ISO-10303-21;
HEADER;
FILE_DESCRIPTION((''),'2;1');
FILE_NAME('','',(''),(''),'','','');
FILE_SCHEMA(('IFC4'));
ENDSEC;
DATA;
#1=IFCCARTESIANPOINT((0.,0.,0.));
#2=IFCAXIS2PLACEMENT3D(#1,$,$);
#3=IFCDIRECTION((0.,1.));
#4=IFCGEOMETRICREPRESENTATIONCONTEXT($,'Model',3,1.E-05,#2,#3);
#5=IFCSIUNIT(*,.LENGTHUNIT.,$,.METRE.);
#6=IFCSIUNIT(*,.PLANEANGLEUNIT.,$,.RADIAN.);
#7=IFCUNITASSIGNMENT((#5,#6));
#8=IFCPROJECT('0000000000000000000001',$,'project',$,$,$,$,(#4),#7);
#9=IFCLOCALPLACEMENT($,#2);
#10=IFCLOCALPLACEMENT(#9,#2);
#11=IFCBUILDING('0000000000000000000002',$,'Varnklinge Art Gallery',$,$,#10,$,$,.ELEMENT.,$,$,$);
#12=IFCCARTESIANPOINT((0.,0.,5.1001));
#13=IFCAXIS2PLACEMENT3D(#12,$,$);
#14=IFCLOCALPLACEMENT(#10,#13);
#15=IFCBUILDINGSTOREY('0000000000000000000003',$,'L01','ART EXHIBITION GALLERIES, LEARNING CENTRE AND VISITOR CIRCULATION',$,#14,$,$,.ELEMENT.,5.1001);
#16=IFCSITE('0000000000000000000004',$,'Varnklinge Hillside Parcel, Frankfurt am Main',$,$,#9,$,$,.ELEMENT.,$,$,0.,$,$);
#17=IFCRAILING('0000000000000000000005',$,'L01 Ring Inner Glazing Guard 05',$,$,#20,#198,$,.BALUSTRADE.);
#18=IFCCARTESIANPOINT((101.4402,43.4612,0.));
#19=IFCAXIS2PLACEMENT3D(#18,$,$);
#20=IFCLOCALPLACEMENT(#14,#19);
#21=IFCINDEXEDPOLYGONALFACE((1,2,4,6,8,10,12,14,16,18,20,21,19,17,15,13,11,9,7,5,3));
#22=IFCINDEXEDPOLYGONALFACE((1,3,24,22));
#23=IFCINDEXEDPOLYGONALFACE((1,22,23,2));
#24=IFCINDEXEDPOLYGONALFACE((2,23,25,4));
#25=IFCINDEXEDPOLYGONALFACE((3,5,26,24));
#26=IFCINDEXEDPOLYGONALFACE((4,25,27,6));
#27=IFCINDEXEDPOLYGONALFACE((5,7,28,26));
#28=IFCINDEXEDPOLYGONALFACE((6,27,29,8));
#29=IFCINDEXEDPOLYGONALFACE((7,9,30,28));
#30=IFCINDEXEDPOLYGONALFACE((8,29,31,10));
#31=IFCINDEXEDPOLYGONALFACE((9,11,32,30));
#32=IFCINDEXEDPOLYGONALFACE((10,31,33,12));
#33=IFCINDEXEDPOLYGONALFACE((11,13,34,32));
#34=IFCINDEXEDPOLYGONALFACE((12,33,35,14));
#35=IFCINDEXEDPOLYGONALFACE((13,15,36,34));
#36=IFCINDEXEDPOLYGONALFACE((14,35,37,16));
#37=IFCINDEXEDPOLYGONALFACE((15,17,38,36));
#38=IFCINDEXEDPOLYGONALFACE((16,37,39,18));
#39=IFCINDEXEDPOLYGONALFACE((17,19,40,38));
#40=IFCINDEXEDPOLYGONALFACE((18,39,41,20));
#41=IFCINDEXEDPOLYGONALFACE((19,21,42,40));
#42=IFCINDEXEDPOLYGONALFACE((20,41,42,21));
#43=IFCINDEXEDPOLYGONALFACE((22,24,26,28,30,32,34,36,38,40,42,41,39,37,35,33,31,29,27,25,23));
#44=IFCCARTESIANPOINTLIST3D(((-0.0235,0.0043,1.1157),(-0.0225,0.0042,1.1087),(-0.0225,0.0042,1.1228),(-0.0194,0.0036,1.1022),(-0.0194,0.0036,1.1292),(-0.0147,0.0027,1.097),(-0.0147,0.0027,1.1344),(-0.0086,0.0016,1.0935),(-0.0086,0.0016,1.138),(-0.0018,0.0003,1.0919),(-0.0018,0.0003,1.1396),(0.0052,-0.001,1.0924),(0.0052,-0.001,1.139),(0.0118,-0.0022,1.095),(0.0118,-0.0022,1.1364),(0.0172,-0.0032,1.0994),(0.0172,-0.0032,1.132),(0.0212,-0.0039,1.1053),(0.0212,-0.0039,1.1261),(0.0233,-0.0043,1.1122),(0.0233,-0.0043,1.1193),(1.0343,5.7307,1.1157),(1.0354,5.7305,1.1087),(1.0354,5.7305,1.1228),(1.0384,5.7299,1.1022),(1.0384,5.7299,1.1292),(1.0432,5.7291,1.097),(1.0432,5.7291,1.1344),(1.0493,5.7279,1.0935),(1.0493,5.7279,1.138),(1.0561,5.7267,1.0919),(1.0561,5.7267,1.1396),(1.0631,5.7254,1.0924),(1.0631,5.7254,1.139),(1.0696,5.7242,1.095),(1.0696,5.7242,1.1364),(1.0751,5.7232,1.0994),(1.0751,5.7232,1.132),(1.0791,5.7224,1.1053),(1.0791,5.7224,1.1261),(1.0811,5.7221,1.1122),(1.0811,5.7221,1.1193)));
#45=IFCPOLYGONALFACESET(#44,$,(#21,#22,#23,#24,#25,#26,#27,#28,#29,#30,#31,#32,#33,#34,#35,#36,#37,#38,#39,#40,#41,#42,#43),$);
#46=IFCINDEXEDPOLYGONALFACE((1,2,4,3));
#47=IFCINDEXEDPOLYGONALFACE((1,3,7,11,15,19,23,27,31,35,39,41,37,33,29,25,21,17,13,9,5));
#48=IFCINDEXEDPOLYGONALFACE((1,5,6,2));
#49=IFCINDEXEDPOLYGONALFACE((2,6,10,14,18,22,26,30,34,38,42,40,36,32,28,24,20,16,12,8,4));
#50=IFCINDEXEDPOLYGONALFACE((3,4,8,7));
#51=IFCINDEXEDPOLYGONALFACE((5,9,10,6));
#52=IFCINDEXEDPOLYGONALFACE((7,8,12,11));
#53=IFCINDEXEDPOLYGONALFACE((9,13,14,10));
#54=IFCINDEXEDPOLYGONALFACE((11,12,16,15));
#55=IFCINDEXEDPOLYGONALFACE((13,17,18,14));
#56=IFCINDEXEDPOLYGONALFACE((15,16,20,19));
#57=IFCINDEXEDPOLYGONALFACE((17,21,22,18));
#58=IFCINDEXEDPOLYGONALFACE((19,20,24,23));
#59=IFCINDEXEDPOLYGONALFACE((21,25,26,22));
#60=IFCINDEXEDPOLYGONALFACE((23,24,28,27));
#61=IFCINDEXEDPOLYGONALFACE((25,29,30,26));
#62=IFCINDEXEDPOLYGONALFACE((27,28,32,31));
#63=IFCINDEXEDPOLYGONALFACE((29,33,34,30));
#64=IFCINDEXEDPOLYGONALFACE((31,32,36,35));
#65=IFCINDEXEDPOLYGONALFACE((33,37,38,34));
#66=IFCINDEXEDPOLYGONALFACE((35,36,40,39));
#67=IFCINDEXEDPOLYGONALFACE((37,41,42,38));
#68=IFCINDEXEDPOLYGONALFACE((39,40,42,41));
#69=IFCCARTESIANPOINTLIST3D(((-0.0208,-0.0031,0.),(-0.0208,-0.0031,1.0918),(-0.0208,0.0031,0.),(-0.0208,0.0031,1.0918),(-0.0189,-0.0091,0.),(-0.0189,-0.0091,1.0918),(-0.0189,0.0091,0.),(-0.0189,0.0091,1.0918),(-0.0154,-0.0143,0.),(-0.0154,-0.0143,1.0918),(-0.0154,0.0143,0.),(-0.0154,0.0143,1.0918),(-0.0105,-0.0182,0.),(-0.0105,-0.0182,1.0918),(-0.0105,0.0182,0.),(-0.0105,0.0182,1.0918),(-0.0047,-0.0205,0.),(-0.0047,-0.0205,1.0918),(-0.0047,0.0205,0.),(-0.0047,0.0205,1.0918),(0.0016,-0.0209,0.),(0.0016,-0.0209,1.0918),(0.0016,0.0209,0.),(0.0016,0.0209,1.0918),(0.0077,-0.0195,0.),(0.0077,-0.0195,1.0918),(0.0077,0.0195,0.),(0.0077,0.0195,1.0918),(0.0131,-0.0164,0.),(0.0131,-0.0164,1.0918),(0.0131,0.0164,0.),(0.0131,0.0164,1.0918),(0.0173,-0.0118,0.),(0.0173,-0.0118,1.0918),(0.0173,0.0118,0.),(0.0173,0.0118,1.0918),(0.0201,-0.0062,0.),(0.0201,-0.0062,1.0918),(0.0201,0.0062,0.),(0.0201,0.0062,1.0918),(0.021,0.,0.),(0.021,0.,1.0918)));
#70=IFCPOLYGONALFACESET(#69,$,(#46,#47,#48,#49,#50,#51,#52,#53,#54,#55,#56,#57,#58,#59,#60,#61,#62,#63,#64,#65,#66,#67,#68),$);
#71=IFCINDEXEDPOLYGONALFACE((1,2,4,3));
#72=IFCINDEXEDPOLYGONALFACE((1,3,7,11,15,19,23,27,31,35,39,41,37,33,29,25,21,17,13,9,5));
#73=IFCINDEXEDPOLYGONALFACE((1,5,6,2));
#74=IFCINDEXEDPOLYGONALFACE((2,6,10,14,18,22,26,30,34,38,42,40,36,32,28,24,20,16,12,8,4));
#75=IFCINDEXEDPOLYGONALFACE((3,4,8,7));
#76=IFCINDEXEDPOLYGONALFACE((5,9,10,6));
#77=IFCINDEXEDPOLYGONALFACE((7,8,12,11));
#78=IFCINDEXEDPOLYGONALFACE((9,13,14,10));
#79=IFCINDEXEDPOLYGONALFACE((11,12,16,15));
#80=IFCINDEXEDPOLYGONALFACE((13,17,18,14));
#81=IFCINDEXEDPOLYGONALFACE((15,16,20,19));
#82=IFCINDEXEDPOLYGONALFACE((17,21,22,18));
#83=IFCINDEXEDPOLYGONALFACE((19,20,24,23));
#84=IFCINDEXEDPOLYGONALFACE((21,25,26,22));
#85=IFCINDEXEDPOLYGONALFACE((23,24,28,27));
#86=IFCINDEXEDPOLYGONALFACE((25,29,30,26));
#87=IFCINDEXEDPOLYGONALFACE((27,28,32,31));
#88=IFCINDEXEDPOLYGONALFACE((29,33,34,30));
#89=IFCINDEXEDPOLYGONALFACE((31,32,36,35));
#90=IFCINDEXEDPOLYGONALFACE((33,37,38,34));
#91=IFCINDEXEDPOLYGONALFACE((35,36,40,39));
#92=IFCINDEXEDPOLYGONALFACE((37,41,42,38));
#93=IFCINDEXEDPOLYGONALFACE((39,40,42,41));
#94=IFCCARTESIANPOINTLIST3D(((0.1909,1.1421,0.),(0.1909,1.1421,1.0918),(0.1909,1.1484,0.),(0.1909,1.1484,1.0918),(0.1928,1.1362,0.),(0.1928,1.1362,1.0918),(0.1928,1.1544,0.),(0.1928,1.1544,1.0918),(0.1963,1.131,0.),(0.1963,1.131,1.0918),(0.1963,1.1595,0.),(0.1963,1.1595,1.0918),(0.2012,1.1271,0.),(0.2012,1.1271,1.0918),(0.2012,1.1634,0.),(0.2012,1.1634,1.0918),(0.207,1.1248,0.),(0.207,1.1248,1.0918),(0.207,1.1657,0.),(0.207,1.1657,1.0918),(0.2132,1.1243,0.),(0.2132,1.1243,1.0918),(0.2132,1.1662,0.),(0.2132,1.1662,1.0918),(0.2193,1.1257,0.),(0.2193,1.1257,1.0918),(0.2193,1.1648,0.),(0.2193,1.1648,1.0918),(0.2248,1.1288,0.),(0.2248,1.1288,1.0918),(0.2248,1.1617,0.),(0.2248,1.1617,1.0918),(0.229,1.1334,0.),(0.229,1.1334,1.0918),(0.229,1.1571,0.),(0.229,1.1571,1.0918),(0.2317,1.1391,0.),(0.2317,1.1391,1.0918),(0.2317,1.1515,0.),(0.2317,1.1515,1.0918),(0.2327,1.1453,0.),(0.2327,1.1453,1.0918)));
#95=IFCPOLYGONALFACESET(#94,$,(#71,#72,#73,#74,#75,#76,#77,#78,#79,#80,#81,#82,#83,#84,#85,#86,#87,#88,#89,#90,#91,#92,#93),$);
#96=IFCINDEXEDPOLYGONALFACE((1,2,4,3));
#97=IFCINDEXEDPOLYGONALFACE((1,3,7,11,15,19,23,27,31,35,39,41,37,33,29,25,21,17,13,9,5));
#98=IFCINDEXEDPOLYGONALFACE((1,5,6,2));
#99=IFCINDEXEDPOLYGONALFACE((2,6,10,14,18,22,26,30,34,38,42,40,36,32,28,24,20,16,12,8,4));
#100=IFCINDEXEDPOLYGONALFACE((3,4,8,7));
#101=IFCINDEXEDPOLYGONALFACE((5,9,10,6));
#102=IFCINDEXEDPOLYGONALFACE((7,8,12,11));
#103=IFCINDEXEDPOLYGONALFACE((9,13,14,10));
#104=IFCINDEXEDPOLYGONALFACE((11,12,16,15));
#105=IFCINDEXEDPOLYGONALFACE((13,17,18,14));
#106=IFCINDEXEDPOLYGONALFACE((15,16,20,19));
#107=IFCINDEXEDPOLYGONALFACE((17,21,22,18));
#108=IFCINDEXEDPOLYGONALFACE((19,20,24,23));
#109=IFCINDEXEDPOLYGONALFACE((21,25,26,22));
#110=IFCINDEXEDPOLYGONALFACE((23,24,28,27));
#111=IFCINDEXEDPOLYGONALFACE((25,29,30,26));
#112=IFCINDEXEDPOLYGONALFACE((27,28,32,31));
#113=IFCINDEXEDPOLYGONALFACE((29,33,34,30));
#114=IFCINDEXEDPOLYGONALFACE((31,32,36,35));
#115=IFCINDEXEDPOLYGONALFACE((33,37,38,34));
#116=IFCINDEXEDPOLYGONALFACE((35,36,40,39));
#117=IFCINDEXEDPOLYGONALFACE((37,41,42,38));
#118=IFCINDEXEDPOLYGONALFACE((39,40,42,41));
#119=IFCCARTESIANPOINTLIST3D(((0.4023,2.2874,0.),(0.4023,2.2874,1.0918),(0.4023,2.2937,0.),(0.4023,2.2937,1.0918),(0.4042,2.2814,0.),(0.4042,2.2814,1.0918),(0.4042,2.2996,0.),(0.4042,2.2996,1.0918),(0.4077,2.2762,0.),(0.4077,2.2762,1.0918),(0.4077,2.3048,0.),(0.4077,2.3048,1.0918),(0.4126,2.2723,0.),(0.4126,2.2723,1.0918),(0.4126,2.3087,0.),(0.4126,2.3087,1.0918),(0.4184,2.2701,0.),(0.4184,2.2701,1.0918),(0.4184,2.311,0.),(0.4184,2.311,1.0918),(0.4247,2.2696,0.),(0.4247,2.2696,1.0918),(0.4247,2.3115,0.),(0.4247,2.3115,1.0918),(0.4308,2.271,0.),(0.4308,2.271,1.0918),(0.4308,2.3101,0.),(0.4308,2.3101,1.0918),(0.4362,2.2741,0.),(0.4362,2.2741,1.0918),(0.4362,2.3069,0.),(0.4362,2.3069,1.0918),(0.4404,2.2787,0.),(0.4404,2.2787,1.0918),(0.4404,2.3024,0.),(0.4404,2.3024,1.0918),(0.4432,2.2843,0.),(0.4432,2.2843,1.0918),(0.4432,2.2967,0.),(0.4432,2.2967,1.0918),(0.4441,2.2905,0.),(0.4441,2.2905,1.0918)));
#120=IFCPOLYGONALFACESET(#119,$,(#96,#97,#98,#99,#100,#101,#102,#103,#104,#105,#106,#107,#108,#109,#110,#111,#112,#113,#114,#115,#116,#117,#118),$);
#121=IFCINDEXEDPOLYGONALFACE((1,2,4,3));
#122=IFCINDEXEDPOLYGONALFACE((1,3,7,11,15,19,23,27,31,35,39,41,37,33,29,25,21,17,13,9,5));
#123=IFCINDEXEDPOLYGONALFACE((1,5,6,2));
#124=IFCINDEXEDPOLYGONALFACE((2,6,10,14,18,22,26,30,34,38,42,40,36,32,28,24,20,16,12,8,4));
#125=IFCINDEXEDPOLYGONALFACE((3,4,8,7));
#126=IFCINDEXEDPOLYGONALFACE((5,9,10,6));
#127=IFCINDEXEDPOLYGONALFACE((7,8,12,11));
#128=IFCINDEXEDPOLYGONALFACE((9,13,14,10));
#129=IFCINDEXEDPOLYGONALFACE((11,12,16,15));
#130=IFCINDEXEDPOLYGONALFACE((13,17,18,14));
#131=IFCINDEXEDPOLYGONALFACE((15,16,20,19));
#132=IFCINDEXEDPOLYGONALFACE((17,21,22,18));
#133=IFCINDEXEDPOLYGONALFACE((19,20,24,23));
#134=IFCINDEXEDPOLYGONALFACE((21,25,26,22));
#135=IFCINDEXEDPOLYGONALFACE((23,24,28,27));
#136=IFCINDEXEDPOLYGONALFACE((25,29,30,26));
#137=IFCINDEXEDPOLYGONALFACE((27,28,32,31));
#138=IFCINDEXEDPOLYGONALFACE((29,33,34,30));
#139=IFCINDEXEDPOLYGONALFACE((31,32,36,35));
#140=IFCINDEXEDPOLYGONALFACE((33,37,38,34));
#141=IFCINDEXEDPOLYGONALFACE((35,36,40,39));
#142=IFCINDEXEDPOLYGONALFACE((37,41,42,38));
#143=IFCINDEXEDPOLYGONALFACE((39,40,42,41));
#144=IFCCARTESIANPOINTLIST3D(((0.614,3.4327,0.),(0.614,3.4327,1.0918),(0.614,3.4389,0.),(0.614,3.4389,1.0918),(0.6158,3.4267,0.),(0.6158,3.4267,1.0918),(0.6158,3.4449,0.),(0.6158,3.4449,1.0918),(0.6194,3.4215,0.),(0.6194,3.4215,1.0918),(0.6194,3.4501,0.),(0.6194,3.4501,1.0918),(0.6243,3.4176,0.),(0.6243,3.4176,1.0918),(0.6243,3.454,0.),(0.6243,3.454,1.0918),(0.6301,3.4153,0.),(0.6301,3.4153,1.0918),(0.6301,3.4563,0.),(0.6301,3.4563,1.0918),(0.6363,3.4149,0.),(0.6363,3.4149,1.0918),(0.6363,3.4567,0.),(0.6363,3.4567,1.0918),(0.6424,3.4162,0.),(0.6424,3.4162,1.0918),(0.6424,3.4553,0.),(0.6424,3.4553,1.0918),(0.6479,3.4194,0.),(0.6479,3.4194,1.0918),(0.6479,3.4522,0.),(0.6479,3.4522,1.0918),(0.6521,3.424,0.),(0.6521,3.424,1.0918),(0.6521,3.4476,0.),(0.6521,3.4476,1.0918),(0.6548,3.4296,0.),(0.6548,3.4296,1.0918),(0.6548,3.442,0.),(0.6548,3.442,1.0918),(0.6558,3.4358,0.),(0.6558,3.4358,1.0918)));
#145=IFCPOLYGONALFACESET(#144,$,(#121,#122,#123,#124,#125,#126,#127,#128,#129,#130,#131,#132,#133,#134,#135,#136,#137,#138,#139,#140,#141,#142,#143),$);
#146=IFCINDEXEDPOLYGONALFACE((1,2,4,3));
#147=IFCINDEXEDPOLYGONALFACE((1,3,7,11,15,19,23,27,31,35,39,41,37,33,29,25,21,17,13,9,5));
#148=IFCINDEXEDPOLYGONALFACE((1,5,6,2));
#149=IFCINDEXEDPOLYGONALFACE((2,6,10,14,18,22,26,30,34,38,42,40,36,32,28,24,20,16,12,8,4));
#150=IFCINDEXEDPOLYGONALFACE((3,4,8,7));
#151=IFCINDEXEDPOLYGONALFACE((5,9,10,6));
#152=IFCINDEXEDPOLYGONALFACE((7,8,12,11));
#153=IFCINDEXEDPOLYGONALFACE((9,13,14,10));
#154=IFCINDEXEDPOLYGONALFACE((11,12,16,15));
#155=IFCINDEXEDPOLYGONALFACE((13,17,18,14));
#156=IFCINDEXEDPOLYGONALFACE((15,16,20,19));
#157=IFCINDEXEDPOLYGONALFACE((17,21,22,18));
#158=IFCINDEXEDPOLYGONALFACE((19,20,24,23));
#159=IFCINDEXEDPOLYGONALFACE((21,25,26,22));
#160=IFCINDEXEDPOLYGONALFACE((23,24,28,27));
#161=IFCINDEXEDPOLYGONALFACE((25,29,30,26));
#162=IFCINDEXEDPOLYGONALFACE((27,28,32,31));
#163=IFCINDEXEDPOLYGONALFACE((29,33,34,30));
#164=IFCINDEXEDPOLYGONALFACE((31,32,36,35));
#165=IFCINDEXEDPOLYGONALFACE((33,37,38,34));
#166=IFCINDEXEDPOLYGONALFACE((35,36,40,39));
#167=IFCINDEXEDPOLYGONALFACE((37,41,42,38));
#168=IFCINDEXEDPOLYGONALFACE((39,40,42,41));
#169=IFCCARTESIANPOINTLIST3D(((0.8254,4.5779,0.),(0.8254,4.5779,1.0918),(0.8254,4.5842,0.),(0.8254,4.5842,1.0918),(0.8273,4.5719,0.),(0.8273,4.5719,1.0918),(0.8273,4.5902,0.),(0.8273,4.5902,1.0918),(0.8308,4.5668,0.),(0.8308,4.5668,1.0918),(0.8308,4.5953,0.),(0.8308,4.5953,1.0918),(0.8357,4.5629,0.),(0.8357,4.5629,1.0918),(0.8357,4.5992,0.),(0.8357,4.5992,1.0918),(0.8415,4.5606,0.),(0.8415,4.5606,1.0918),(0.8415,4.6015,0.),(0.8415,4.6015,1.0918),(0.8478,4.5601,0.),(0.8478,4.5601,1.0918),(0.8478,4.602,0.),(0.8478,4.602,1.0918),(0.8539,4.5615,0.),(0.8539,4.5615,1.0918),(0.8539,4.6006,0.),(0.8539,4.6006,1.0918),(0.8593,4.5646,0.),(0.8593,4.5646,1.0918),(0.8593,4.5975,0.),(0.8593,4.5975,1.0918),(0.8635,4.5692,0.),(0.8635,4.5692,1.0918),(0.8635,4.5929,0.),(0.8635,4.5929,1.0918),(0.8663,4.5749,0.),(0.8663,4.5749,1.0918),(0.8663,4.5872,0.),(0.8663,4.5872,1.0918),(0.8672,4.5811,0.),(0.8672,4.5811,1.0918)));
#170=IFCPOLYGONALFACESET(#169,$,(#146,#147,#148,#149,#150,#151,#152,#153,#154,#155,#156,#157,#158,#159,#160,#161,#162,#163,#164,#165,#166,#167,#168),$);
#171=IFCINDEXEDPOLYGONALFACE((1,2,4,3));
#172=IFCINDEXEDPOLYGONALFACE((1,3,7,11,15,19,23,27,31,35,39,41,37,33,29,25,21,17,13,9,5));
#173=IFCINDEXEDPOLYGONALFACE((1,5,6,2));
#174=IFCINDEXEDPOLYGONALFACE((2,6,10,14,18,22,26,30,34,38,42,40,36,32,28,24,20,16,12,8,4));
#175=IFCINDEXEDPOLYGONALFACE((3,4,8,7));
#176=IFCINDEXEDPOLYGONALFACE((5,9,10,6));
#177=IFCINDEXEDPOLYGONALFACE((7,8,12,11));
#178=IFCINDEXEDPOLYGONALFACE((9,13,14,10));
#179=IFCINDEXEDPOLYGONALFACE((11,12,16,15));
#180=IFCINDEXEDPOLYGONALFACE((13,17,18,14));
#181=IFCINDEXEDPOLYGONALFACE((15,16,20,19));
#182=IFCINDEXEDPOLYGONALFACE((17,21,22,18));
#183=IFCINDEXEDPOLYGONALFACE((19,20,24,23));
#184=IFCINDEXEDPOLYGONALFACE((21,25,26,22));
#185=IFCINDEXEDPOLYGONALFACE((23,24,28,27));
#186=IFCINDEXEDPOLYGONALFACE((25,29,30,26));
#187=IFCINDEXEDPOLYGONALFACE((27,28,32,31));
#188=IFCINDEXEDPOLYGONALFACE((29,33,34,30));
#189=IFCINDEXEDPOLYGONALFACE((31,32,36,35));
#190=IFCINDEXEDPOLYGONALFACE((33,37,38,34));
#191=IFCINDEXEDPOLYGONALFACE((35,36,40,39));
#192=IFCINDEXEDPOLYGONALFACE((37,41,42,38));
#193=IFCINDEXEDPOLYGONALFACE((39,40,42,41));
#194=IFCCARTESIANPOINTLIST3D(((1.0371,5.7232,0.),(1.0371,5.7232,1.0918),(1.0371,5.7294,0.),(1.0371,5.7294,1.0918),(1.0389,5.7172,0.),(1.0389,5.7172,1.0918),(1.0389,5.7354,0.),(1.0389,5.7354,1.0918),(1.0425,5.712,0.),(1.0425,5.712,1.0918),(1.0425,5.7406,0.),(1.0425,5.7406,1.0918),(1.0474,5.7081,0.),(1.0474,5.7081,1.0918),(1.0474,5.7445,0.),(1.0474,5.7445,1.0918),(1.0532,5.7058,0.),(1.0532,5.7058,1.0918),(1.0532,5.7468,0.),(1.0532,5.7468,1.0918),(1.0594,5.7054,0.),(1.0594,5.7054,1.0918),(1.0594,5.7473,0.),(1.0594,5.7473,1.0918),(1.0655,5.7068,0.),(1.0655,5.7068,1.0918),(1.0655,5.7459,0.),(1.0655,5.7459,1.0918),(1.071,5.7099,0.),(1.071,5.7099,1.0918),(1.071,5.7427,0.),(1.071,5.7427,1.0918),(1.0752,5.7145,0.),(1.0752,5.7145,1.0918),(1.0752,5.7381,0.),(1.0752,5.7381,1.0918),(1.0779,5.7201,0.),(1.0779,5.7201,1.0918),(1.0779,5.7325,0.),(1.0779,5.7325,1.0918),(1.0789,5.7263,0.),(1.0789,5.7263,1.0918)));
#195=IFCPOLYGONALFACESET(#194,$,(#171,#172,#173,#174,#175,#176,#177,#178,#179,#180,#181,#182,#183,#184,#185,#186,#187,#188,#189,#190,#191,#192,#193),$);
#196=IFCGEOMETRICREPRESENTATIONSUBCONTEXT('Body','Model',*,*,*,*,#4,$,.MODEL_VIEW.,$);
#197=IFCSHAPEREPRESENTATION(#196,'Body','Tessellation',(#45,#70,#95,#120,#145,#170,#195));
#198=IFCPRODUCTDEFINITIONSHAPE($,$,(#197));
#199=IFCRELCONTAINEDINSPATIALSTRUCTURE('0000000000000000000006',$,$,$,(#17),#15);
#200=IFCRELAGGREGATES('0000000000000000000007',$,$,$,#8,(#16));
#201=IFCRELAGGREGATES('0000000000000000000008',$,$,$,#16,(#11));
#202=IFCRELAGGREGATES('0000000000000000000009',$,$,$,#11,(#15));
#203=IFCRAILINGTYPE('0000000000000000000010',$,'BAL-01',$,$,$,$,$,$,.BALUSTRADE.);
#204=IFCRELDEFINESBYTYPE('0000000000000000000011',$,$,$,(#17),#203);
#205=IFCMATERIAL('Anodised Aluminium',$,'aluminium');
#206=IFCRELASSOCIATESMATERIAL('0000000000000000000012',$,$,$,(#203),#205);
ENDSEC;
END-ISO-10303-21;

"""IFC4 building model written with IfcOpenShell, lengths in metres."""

from ifc_helpers import new_model, si_unit, direction, frame, origin, origin_2d, place, context, subcontext, project, spatial, circle, extrude, material, type_object, element, save


model = new_model("IFC4")

# Units and contexts
model_context = context("Model", 3, precision=1e-05, world=origin(), true_north=direction((0.0, 1.0)))
body_context = subcontext(model_context, "Body", "Model", "MODEL_VIEW")
ifc_project = project(units=[si_unit("LENGTHUNIT", "METRE"), si_unit("PLANEANGLEUNIT", "RADIAN")], contexts=[model_context])

# Site, building, storey
site_placement = place(None, origin())
site = spatial("IfcSite", under=ifc_project, at=site_placement, Name="Varnklinge Hillside Parcel, Frankfurt am Main", CompositionType="ELEMENT", RefElevation=0.0)
building_placement = place(site_placement, origin())
building = spatial("IfcBuilding", under=site, at=building_placement, Name="Varnklinge Art Gallery", CompositionType="ELEMENT")
storey_placement = place(building_placement, frame((0.0, 0.0, 5.1001)))
storey = spatial("IfcBuildingStorey", under=building, at=storey_placement, Name="L01", Description="ART EXHIBITION GALLERIES, LEARNING CENTRE AND VISITOR CIRCULATION", CompositionType="ELEMENT", Elevation=5.1001)

# Railing
ifc_material_1 = material(Name="Anodised Aluminium", Category="aluminium")
railing_type = type_object("IfcRailingType", Name="BAL-01", PredefinedType="BALUSTRADE", material=ifc_material_1)
railing_placement = place(storey_placement, frame((101.4402, 43.4612, 0.0)))
element("IfcRailing", 1, at=railing_placement, inside=storey, type_object=railing_type, Name="L01 Ring Inner Glazing Guard 05", PredefinedType="BALUSTRADE", context=body_context, shape_type="SweptSolid", body=[
    extrude(circle(Radius=0.0239, at=origin_2d()), frame((0.0, 0.0, 1.1157), z_axis=(0.181663, 0.983361, 0.0), x_axis=(-0.983361, 0.181663, 0.0)), (0.0, 0.0, 1.0), 5.8232),
    extrude(circle(Radius=0.021, at=origin_2d()), origin(), (0.0, 0.0, 1.0), 1.0918),
    extrude(circle(Radius=0.021, at=origin_2d()), frame((0.2117, 1.1453, 0.0)), (0.0, 0.0, 1.0), 1.0918),
    extrude(circle(Radius=0.021, at=origin_2d()), frame((0.4231, 2.2905, 0.0)), (0.0, 0.0, 1.0), 1.0918),
    extrude(circle(Radius=0.021, at=origin_2d()), frame((0.6348, 3.4358, 0.0)), (0.0, 0.0, 1.0), 1.0918),
    extrude(circle(Radius=0.021, at=origin_2d()), frame((0.8462, 4.5811, 0.0)), (0.0, 0.0, 1.0), 1.0918),
    extrude(circle(Radius=0.021, at=origin_2d()), frame((1.0579, 5.7263, 0.0)), (0.0, 0.0, 1.0), 1.0918),
])

save(model, "model.ifc")
